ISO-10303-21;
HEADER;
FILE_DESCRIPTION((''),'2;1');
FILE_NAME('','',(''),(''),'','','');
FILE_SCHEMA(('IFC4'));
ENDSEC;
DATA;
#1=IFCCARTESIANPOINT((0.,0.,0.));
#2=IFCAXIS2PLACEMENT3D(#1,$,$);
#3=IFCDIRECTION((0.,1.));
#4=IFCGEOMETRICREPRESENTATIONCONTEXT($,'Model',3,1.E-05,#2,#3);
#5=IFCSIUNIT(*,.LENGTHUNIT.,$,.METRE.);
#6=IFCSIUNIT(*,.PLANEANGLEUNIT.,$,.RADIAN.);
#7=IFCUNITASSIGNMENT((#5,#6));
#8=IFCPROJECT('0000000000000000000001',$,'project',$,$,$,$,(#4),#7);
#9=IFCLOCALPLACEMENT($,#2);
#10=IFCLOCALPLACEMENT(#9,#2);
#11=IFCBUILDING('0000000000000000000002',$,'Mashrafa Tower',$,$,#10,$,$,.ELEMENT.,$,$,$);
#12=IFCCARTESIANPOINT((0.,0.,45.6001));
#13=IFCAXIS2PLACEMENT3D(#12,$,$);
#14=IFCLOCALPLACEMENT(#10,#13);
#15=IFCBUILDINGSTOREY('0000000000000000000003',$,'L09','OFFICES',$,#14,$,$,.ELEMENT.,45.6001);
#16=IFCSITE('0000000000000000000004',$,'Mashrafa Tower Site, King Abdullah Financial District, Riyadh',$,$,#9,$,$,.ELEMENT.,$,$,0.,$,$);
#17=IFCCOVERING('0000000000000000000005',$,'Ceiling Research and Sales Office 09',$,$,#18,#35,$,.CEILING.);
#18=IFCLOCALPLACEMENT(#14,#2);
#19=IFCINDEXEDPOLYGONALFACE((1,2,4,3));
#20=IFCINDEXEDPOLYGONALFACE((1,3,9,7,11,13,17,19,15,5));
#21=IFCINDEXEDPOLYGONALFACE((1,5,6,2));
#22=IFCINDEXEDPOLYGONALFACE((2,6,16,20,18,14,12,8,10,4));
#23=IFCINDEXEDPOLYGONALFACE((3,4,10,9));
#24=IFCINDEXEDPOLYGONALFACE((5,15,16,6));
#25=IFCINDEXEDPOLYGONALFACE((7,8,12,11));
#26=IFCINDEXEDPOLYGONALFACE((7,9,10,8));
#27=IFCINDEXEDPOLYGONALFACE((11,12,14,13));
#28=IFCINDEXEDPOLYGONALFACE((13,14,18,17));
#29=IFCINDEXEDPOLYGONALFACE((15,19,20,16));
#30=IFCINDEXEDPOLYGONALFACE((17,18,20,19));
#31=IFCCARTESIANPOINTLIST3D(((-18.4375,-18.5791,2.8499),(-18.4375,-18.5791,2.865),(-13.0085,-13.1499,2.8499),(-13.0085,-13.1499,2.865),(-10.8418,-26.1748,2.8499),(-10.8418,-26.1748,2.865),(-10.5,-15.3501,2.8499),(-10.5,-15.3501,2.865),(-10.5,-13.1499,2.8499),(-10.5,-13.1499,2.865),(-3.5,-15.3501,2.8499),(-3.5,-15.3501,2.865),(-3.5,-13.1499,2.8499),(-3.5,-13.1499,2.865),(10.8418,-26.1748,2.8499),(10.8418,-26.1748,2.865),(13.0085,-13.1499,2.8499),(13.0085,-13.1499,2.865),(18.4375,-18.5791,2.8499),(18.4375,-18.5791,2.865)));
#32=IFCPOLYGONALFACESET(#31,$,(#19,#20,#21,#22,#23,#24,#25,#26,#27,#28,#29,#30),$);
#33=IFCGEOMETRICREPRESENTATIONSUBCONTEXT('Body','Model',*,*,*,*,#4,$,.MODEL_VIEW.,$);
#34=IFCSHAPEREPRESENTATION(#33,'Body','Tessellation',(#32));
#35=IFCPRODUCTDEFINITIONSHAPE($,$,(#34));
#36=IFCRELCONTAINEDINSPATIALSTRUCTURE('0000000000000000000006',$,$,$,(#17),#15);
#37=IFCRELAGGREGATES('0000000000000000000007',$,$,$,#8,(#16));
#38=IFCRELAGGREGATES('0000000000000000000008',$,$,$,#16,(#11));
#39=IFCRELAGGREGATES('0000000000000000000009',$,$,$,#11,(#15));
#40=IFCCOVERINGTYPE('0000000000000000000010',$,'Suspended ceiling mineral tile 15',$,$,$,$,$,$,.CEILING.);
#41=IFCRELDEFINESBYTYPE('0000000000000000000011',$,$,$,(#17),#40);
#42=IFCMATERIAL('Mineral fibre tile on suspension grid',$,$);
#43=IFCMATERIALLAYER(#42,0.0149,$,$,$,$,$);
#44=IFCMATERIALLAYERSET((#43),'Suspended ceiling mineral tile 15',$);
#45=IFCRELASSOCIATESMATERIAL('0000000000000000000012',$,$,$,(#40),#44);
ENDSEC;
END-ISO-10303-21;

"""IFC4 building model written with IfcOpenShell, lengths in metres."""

from ifc_helpers import new_model, si_unit, direction, frame, origin, place, context, subcontext, project, spatial, polyline, outline, extrude, material, layer, layer_set, type_object, element, save


model = new_model("IFC4")

# Units and contexts
model_context = context("Model", 3, precision=1e-05, world=origin(), true_north=direction((0.0, 1.0)))
body_context = subcontext(model_context, "Body", "Model", "MODEL_VIEW")
ifc_project = project(units=[si_unit("LENGTHUNIT", "METRE"), si_unit("PLANEANGLEUNIT", "RADIAN")], contexts=[model_context])

# Site, building, storey
site_placement = place(None, origin())
site = spatial("IfcSite", under=ifc_project, at=site_placement, Name="Mashrafa Tower Site, King Abdullah Financial District, Riyadh", CompositionType="ELEMENT", RefElevation=0.0)
building_placement = place(site_placement, origin())
building = spatial("IfcBuilding", under=site, at=building_placement, Name="Mashrafa Tower", CompositionType="ELEMENT")
storey_placement = place(building_placement, frame((0.0, 0.0, 45.6001)))
storey = spatial("IfcBuildingStorey", under=building, at=storey_placement, Name="L09", Description="OFFICES", CompositionType="ELEMENT", Elevation=45.6001)

# Covering
ifc_material_1 = material(Name="Mineral fibre tile on suspension grid")
ifc_layer_1 = layer(ifc_material_1, 0.0149)
ifc_layer_set_1 = layer_set([ifc_layer_1], Name="Suspended ceiling mineral tile 15")
covering_type = type_object("IfcCoveringType", Name="Suspended ceiling mineral tile 15", PredefinedType="CEILING", material=ifc_layer_set_1)
covering_1_placement = place(storey_placement, frame((0.0, 0.0, 2.8499)))
element("IfcCovering", 1, at=covering_1_placement, inside=storey, type_object=covering_type, Name="Ceiling Research and Sales Office 09", PredefinedType="CEILING", context=body_context, shape_type="SweptSolid", body=[
    extrude(outline(polyline([(13.0085, -13.1499), (18.4375, -18.5791), (10.8418, -26.1748), (-10.8418, -26.1748), (-18.4375, -18.5791), (-13.0085, -13.1499), (-10.5, -13.1499), (-10.5, -15.3501), (-3.5, -15.3501), (-3.5, -13.1499), (13.0085, -13.1499)])), origin(), (0.0, 0.0, 1.0), 0.0151),
])

save(model, "model.ifc")
